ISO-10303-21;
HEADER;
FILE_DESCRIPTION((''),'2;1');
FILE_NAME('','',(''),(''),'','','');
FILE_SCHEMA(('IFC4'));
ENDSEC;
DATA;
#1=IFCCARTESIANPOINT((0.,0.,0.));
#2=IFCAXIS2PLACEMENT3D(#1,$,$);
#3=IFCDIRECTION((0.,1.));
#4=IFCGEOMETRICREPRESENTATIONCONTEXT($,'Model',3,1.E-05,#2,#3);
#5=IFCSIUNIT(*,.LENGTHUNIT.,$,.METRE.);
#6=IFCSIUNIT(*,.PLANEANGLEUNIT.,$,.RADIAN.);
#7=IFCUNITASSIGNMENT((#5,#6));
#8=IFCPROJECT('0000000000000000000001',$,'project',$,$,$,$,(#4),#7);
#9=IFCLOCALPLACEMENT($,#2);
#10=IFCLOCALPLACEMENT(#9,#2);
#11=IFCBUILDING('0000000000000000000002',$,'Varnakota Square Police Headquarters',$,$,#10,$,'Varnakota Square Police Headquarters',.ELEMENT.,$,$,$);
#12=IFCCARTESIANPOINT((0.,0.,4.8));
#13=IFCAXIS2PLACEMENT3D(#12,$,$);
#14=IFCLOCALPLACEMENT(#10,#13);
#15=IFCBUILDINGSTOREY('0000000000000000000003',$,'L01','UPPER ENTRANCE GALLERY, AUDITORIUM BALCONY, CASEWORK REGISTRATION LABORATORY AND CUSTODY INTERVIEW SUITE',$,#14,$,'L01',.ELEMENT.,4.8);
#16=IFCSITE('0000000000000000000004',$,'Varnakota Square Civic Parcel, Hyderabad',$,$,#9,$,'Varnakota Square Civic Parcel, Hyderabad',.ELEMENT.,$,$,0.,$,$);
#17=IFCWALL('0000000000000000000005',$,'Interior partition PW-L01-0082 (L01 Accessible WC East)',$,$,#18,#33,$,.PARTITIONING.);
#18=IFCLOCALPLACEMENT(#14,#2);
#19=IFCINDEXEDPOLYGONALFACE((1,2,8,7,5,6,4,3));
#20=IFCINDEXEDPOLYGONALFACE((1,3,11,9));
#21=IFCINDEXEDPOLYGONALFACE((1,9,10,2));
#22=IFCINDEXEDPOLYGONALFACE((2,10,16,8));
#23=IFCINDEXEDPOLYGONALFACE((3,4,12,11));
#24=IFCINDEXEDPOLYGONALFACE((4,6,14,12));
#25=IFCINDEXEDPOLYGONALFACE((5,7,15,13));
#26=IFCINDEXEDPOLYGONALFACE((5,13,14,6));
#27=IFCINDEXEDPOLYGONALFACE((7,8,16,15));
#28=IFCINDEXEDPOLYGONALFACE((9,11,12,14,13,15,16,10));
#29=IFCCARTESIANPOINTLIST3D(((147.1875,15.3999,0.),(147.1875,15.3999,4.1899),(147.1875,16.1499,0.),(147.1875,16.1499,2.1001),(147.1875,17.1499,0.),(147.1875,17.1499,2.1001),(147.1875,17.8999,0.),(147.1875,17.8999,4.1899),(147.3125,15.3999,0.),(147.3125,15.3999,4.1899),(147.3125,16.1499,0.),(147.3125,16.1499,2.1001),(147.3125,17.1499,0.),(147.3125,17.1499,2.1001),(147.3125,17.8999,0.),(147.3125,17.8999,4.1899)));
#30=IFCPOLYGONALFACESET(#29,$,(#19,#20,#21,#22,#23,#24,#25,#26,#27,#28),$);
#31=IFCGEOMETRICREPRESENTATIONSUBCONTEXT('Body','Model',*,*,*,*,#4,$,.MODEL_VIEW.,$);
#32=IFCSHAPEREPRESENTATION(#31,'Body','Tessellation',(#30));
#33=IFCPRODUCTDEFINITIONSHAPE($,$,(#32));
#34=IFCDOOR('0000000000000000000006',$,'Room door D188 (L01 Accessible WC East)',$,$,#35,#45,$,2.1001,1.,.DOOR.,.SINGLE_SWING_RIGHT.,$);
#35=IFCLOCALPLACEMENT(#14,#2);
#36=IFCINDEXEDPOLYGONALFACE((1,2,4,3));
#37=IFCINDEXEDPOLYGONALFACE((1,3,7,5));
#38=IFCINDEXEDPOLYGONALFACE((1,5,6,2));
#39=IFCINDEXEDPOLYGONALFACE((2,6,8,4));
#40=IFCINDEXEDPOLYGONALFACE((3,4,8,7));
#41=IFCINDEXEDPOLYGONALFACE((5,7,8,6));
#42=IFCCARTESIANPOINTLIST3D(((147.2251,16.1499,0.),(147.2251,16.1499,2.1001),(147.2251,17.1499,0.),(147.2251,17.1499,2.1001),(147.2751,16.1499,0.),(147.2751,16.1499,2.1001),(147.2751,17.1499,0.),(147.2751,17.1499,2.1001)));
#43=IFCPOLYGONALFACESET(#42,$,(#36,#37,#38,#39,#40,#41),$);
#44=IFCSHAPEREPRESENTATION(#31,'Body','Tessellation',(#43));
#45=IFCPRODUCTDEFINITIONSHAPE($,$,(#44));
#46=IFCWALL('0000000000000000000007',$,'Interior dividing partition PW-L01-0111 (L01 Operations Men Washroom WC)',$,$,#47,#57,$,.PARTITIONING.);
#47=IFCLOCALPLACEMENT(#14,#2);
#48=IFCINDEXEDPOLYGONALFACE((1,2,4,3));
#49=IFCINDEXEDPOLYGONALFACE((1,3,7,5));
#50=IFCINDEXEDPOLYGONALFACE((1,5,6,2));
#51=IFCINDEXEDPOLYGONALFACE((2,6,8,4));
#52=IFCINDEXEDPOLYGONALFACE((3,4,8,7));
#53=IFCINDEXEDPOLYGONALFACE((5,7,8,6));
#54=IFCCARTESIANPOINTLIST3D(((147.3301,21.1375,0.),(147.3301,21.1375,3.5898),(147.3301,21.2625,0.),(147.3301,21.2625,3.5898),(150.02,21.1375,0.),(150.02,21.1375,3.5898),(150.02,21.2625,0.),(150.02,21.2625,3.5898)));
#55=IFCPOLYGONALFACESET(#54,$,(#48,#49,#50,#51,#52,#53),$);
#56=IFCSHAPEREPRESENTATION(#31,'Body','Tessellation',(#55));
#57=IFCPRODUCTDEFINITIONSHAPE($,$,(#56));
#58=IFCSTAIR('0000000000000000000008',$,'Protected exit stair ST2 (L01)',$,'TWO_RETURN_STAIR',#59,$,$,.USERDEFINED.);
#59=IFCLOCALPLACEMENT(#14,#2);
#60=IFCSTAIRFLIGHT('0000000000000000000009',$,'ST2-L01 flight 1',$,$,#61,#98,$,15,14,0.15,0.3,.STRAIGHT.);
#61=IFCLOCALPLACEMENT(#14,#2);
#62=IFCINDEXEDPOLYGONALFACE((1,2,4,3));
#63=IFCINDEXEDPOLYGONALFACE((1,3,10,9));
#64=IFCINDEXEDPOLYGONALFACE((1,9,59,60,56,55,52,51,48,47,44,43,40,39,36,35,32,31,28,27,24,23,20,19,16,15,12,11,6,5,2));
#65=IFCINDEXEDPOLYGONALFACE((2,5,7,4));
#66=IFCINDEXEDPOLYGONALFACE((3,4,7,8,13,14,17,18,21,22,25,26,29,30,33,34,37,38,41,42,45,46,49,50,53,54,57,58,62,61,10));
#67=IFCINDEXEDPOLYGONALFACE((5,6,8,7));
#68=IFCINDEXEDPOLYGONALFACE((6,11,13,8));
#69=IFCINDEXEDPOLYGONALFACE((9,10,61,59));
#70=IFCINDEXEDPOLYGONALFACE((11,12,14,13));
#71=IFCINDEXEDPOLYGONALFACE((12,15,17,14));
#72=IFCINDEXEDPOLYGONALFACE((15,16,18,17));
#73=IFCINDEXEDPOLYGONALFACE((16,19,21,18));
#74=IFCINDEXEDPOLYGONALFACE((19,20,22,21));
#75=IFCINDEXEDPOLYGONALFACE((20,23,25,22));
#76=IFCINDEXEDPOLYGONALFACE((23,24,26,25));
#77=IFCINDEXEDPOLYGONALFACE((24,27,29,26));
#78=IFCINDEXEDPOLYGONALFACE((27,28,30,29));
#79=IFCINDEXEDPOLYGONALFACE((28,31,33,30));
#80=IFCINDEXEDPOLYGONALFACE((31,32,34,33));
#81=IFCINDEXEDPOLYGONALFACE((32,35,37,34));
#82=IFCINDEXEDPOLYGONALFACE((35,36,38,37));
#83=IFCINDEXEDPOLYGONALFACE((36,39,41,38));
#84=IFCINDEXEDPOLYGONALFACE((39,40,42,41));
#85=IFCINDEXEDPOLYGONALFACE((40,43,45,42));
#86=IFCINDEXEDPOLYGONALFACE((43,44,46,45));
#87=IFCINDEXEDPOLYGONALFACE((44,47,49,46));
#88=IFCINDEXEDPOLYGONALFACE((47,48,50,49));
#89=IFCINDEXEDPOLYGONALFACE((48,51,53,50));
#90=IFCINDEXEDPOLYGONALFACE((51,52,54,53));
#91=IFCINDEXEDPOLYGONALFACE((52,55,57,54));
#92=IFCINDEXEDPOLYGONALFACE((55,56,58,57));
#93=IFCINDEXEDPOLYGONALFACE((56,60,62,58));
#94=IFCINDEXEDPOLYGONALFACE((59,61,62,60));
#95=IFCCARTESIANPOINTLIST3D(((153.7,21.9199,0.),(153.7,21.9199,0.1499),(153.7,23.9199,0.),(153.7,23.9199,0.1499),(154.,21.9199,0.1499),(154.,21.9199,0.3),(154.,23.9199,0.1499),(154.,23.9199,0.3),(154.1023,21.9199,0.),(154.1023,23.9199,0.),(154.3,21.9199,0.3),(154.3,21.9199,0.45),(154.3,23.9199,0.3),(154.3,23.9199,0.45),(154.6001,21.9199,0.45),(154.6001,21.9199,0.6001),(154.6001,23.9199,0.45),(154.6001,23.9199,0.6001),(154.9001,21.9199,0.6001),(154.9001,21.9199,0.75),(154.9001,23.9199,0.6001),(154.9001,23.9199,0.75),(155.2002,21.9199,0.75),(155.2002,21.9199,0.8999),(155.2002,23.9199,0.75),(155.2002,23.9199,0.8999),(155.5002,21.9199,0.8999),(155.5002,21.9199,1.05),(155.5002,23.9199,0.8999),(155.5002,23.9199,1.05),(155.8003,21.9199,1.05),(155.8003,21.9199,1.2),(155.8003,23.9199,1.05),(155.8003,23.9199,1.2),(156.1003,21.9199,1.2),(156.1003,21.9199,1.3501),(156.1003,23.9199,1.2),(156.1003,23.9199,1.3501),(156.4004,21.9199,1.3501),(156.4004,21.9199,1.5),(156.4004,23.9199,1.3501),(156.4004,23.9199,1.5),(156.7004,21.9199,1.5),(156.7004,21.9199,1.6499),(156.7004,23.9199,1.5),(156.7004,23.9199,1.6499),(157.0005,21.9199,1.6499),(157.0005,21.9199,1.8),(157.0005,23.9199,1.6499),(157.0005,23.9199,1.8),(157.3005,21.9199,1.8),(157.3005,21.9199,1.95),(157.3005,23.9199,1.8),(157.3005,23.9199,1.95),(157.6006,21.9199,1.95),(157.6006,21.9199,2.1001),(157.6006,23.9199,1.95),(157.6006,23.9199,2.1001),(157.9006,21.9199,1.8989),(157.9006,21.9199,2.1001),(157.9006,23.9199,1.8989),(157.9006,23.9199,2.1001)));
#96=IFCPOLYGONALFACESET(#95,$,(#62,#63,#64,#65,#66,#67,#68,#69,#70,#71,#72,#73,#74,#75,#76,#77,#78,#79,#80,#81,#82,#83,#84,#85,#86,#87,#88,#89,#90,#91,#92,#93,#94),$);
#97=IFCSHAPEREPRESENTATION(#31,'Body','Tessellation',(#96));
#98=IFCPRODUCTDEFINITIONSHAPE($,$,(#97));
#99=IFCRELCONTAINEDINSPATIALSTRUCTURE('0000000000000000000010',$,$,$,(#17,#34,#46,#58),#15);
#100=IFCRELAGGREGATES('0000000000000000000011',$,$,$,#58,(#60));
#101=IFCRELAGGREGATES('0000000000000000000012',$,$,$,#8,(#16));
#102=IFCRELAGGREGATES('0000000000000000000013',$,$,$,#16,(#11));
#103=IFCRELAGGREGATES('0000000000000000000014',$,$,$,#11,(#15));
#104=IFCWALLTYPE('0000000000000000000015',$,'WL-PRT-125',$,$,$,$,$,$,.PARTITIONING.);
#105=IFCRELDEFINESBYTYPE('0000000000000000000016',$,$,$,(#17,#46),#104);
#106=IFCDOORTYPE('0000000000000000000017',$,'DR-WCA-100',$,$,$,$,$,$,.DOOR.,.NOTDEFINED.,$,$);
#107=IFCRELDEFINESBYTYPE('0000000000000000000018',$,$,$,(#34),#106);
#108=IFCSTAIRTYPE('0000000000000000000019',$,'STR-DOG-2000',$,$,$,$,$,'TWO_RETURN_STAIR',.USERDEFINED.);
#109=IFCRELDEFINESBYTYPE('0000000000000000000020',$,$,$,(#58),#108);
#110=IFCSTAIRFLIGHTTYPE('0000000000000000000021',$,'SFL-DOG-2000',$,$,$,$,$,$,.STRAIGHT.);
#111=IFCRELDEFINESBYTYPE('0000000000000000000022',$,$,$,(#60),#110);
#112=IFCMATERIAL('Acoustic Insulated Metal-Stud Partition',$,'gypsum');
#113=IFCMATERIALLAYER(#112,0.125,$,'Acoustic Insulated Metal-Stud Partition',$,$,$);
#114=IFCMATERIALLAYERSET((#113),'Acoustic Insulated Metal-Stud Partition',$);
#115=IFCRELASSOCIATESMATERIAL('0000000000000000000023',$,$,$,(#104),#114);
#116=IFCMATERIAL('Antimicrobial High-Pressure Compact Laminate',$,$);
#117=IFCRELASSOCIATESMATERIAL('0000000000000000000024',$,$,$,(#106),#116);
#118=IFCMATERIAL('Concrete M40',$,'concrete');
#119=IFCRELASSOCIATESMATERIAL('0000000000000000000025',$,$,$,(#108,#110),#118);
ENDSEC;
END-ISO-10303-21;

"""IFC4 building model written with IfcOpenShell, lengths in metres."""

from ifc_helpers import new_model, si_unit, direction, frame, frame_2d, origin, place, context, subcontext, project, spatial, polyline, rectangle, outline, extrude, material, layer, layer_set, type_object, element, fill, aggregate, save


model = new_model("IFC4")

# Units and contexts
model_context = context("Model", 3, precision=1e-05, world=origin(), true_north=direction((0.0, 1.0)))
body_context = subcontext(model_context, "Body", "Model", "MODEL_VIEW")
ifc_project = project(units=[si_unit("LENGTHUNIT", "METRE"), si_unit("PLANEANGLEUNIT", "RADIAN")], contexts=[model_context])

# Site, building, storey
site_placement = place(None, origin())
site = spatial("IfcSite", under=ifc_project, at=site_placement, Name="Varnakota Square Civic Parcel, Hyderabad", LongName="Varnakota Square Civic Parcel, Hyderabad", CompositionType="ELEMENT", RefElevation=0.0)
building_placement = place(site_placement, origin())
building = spatial("IfcBuilding", under=site, at=building_placement, Name="Varnakota Square Police Headquarters", LongName="Varnakota Square Police Headquarters", CompositionType="ELEMENT")
storey_placement = place(building_placement, frame((0.0, 0.0, 4.8)))
storey = spatial("IfcBuildingStorey", under=building, at=storey_placement, Name="L01", Description="UPPER ENTRANCE GALLERY, AUDITORIUM BALCONY, CASEWORK REGISTRATION LABORATORY AND CUSTODY INTERVIEW SUITE", LongName="L01", CompositionType="ELEMENT", Elevation=4.8)

# Wall, opening, door
ifc_material_1 = material(Name="Acoustic Insulated Metal-Stud Partition", Category="gypsum")
ifc_layer_1 = layer(ifc_material_1, 0.125, Name="Acoustic Insulated Metal-Stud Partition")
ifc_layer_set_1 = layer_set([ifc_layer_1], Name="Acoustic Insulated Metal-Stud Partition")
wall_type_1 = type_object("IfcWallType", Name="WL-PRT-125", PredefinedType="PARTITIONING", material=ifc_layer_set_1)
wall_1_placement = place(storey_placement, frame((147.25, 15.3999, 0.0), z_axis=(0.0, 0.0, 1.0), x_axis=(0.0, 1.0, 0.0)))
wall_1 = element("IfcWall", 1, at=wall_1_placement, inside=storey, type_object=wall_type_1, Name="Interior partition PW-L01-0082 (L01 Accessible WC East)", PredefinedType="PARTITIONING", context=body_context, shape_type="SweptSolid", body=[
    extrude(rectangle(XDim=2.5, YDim=0.125, at=frame_2d((1.25, 0.0))), origin(), (0.0, 0.0, 1.0), 4.1899),
])
opening_1_placement = place(wall_1_placement, frame((0.75, 0.0, 0.0)))
opening_1 = element("IfcOpeningElement", 2, at=opening_1_placement, cuts=wall_1, PredefinedType="OPENING", context=body_context, shape_type="SweptSolid", body=[
    extrude(rectangle(XDim=1.0, YDim=2.1001, at=frame_2d((0.5, 1.05))), frame((0.0, 0.0725, 0.0), z_axis=(0.0, -1.0, 0.0), x_axis=(1.0, 0.0, 0.0)), (0.0, 0.0, 1.0), 0.145),
])
ifc_material_2 = material(Name="Antimicrobial High-Pressure Compact Laminate")
door_type_1 = type_object("IfcDoorType", Name="DR-WCA-100", OperationType="NOTDEFINED", PredefinedType="DOOR", material=ifc_material_2)
door_1_placement = place(opening_1_placement, origin())
door_1 = element("IfcDoor", 3, at=door_1_placement, inside=storey, type_object=door_type_1, Name="Room door D188 (L01 Accessible WC East)", OperationType="SINGLE_SWING_RIGHT", OverallHeight=2.1001, OverallWidth=1.0, PredefinedType="DOOR", context=body_context, shape_type="SweptSolid", body=[
    extrude(rectangle(XDim=1.0, YDim=2.1001, at=frame_2d((0.5, 1.05))), frame((0.0, 0.0249, 0.0), z_axis=(0.0, -1.0, 0.0), x_axis=(1.0, 0.0, 0.0)), (0.0, 0.0, 1.0), 0.05),
])
fill(opening_1, door_1)

# Wall
wall_2_placement = place(storey_placement, frame((147.3301, 21.2, 0.0), z_axis=(0.0, 0.0, 1.0), x_axis=(1.0, 0.0, 0.0)))
element("IfcWall", 4, at=wall_2_placement, inside=storey, type_object=wall_type_1, Name="Interior dividing partition PW-L01-0111 (L01 Operations Men Washroom WC)", PredefinedType="PARTITIONING", context=body_context, shape_type="SweptSolid", body=[
    extrude(rectangle(XDim=2.6899, YDim=0.125, at=frame_2d((1.345, 0.0))), origin(), (0.0, 0.0, 1.0), 3.5898),
])

# Shared definitions
ifc_material_3 = material(Name="Concrete M40", Category="concrete")

# Stair, stair flight
stair_type = type_object("IfcStairType", Name="STR-DOG-2000", ElementType="TWO_RETURN_STAIR", PredefinedType="USERDEFINED", material=ifc_material_3)
stair_placement = place(storey_placement, origin())
stair = element("IfcStair", 5, at=stair_placement, inside=storey, type_object=stair_type, Name="Protected exit stair ST2 (L01)", ObjectType="TWO_RETURN_STAIR", PredefinedType="USERDEFINED")
stair_flight_type = type_object("IfcStairFlightType", Name="SFL-DOG-2000", PredefinedType="STRAIGHT", material=ifc_material_3)
stair_flight_placement = place(storey_placement, frame((153.7, 22.9199, 0.0), z_axis=(0.0, 0.0, 1.0), x_axis=(1.0, 0.0, 0.0)))
stair_flight = element("IfcStairFlight", 6, at=stair_flight_placement, type_object=stair_flight_type, Name="ST2-L01 flight 1", NumberOfRisers=15, NumberOfTreads=14, PredefinedType="STRAIGHT", RiserHeight=0.15, TreadLength=0.3, context=body_context, shape_type="SweptSolid", body=[
    extrude(outline(polyline([(0.0, 0.0), (0.0, 0.1499), (0.3, 0.1499), (0.3, 0.3), (0.6001, 0.3), (0.6001, 0.45), (0.9001, 0.45), (0.9001, 0.6001), (1.2002, 0.6001), (1.2002, 0.75), (1.5002, 0.75), (1.5002, 0.8999), (1.8003, 0.8999), (1.8003, 1.05), (2.1003, 1.05), (2.1003, 1.2), (2.4004, 1.2), (2.4004, 1.3501), (2.7004, 1.3501), (2.7004, 1.5), (3.0005, 1.5), (3.0005, 1.6499), (3.3005, 1.6499), (3.3005, 1.8), (3.6006, 1.8), (3.6006, 1.95), (3.9006, 1.95), (3.9006, 2.1001), (4.2007, 2.1001), (4.2007, 2.25), (4.2007, 1.8989), (0.4023, 0.0), (0.0, 0.0)])), frame((0.0, 1.0, 0.0), z_axis=(0.0, -1.0, 0.0), x_axis=(1.0, 0.0, 0.0)), (0.0, 0.0, 1.0), 2.0),
])
aggregate(stair, [stair_flight])

save(model, "model.ifc")
